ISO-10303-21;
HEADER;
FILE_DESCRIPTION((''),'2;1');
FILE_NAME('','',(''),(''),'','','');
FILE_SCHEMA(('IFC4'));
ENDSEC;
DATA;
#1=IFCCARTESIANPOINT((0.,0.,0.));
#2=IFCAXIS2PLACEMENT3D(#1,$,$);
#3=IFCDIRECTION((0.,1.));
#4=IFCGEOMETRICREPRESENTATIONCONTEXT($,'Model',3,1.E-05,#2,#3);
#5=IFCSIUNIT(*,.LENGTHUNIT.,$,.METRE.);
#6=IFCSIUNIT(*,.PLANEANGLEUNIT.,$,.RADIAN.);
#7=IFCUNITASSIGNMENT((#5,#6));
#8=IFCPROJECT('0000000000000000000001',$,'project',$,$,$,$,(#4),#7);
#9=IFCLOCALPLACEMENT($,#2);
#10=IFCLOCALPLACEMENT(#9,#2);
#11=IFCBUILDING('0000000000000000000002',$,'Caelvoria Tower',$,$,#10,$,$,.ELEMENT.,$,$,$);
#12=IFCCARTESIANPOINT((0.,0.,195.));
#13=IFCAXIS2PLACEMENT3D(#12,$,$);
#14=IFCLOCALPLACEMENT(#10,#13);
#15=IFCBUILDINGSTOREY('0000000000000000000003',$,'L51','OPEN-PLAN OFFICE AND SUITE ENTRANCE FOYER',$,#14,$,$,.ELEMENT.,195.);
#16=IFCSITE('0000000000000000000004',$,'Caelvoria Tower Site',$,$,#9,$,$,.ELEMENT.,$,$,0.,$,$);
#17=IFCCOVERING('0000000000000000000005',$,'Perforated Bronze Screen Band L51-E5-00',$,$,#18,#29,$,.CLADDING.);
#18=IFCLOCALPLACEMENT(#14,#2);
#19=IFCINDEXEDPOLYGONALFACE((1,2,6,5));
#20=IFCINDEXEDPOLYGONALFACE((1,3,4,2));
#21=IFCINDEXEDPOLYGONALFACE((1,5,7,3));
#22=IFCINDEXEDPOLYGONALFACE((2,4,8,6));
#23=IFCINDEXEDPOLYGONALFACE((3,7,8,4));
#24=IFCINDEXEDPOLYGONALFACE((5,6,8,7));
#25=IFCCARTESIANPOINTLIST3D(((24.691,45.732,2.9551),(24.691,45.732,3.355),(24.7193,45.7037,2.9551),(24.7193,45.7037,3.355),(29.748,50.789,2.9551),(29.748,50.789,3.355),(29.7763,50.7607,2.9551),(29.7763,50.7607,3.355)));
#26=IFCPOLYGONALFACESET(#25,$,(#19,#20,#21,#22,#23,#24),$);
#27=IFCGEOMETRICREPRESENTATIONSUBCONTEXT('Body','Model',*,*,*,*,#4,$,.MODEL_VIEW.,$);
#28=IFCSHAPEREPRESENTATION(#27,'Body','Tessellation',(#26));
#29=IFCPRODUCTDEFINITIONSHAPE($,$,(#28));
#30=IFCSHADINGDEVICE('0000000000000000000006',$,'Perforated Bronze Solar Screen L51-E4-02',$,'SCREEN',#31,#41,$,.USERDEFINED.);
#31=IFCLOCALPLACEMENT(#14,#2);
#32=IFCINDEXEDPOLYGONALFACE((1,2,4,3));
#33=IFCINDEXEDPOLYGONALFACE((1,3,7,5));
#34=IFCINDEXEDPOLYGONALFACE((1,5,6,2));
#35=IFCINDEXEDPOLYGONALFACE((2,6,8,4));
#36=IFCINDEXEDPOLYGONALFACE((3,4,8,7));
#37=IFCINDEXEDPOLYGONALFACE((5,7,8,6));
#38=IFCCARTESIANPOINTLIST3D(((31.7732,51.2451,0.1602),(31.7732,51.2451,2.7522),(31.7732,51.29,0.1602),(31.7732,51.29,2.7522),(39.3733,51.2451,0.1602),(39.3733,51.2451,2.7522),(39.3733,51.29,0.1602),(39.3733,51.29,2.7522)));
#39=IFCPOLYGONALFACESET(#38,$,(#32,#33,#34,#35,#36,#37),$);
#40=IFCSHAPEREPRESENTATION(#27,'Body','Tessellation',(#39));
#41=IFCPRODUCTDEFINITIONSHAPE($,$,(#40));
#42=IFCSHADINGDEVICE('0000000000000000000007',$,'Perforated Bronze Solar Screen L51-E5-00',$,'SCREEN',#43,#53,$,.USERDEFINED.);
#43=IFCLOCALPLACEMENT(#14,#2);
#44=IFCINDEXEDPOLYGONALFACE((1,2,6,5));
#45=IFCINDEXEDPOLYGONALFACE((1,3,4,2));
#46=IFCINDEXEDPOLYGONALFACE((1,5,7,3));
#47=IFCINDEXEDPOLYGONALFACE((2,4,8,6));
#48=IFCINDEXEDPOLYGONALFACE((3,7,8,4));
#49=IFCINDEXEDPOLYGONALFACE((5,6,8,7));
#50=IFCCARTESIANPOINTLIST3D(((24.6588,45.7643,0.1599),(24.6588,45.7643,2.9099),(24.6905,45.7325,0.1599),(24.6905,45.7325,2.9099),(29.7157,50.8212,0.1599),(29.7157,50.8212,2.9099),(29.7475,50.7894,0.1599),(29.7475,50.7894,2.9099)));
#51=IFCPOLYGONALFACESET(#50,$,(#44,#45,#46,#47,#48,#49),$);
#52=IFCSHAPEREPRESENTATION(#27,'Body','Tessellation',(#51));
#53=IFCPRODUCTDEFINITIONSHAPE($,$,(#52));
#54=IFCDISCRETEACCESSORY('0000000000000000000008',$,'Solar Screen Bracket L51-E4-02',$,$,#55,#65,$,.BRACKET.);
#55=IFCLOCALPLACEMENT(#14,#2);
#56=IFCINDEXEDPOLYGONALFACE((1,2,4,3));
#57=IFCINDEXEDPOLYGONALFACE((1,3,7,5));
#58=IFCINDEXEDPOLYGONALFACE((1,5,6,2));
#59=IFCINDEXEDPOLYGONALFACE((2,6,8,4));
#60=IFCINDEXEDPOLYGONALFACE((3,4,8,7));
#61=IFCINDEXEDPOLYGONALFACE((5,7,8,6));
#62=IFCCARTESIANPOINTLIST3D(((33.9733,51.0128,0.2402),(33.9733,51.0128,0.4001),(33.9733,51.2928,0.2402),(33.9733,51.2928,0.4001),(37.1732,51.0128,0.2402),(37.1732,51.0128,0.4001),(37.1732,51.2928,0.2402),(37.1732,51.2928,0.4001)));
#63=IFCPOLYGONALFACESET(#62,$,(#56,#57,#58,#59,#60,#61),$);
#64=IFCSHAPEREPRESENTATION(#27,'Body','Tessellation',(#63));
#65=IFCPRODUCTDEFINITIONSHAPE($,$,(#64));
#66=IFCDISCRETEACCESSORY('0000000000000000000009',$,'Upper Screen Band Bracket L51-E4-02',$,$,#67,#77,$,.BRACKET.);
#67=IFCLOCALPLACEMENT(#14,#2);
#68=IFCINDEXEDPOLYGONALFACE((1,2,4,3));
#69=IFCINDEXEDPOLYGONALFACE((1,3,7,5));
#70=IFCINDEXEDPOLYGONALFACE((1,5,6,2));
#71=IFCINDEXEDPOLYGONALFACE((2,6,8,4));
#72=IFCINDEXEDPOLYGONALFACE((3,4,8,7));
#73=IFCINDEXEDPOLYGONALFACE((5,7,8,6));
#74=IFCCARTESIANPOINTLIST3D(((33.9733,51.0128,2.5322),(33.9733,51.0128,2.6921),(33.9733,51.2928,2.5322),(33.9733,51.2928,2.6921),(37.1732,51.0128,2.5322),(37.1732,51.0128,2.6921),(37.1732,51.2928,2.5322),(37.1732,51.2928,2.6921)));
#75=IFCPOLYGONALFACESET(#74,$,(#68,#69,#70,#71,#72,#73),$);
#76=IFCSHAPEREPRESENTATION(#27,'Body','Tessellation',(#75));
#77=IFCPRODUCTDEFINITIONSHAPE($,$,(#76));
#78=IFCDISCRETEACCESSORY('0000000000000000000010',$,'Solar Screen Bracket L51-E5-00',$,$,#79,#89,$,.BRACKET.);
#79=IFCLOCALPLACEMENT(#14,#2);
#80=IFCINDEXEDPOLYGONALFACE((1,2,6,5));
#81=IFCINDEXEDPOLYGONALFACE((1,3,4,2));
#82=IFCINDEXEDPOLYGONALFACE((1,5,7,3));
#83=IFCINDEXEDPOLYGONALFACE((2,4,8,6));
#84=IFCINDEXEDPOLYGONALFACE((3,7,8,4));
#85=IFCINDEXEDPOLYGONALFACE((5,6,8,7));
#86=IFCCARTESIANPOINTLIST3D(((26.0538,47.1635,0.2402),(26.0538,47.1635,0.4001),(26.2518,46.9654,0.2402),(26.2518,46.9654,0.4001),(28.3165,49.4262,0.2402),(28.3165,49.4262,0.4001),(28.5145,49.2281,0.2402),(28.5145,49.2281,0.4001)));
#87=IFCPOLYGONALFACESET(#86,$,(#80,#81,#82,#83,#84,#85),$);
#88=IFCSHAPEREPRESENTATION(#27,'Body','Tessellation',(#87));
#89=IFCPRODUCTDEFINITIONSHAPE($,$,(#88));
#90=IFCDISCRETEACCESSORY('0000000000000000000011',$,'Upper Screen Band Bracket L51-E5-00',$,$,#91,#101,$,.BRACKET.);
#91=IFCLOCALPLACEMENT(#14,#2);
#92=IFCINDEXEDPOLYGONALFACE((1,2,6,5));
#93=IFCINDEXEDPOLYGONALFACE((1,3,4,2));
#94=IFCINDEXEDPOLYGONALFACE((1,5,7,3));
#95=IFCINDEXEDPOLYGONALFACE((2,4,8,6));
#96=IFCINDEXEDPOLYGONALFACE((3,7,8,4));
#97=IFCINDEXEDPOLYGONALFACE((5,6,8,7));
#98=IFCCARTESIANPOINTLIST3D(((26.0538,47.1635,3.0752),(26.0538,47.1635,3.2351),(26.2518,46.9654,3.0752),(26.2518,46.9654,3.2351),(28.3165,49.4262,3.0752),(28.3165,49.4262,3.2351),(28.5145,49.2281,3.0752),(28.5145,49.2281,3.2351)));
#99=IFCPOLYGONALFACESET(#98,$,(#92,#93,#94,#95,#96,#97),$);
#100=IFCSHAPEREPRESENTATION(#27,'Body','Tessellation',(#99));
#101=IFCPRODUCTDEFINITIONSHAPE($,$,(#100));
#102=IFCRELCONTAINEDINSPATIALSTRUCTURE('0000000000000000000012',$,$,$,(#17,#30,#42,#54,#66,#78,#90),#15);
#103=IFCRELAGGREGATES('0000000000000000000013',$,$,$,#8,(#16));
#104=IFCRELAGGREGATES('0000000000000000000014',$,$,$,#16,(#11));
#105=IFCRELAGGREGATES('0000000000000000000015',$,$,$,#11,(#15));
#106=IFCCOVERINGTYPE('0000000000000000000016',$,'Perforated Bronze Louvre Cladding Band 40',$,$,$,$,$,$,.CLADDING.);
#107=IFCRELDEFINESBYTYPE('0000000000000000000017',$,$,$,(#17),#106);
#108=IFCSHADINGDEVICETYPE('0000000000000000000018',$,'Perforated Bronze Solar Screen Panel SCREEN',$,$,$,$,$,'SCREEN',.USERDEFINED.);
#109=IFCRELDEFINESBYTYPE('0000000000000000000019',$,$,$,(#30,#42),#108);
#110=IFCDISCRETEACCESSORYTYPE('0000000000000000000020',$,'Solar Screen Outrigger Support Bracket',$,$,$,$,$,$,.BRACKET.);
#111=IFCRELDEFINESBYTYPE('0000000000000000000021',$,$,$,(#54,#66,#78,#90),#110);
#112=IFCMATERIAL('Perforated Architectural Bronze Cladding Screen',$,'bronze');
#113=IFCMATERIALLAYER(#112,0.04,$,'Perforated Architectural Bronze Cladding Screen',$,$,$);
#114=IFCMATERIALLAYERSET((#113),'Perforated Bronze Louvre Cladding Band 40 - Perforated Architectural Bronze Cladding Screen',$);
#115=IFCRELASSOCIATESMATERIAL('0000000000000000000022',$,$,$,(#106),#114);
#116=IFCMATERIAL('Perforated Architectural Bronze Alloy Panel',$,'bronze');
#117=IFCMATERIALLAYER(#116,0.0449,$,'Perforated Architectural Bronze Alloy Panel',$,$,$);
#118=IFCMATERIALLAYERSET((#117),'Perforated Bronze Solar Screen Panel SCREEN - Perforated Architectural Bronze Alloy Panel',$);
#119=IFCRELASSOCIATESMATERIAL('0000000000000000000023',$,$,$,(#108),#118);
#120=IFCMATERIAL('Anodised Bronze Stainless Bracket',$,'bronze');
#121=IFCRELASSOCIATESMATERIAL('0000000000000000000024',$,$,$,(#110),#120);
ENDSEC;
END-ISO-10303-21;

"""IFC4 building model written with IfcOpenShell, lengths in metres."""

from ifc_helpers import new_model, si_unit, direction, frame, origin, origin_2d, place, context, subcontext, project, spatial, rectangle, extrude, material, layer, layer_set, type_object, element, save


model = new_model("IFC4")

# Units and contexts
model_context = context("Model", 3, precision=1e-05, world=origin(), true_north=direction((0.0, 1.0)))
body_context = subcontext(model_context, "Body", "Model", "MODEL_VIEW")
ifc_project = project(units=[si_unit("LENGTHUNIT", "METRE"), si_unit("PLANEANGLEUNIT", "RADIAN")], contexts=[model_context])

# Site, building, storey
site_placement = place(None, origin())
site = spatial("IfcSite", under=ifc_project, at=site_placement, Name="Caelvoria Tower Site", CompositionType="ELEMENT", RefElevation=0.0)
building_placement = place(site_placement, origin())
building = spatial("IfcBuilding", under=site, at=building_placement, Name="Caelvoria Tower", CompositionType="ELEMENT")
storey_placement = place(building_placement, frame((0.0, 0.0, 195.0)))
storey = spatial("IfcBuildingStorey", under=building, at=storey_placement, Name="L51", Description="OPEN-PLAN OFFICE AND SUITE ENTRANCE FOYER", CompositionType="ELEMENT", Elevation=195.0)

# Covering
ifc_material_1 = material(Name="Perforated Architectural Bronze Cladding Screen", Category="bronze")
ifc_layer_1 = layer(ifc_material_1, 0.04, Name="Perforated Architectural Bronze Cladding Screen")
ifc_layer_set_1 = layer_set([ifc_layer_1], Name="Perforated Bronze Louvre Cladding Band 40 - Perforated Architectural Bronze Cladding Screen")
covering_type = type_object("IfcCoveringType", Name="Perforated Bronze Louvre Cladding Band 40", PredefinedType="CLADDING", material=ifc_layer_set_1)
covering_1_placement = place(storey_placement, frame((27.2336, 48.2463, 2.9551), z_axis=(0.0, 0.0, 1.0), x_axis=(-0.707107, -0.707107, 0.0)))
element("IfcCovering", 1, at=covering_1_placement, inside=storey, type_object=covering_type, Name="Perforated Bronze Screen Band L51-E5-00", PredefinedType="CLADDING", context=body_context, shape_type="SweptSolid", body=[
    extrude(rectangle(XDim=7.1516, YDim=0.04, at=origin_2d()), origin(), (0.0, 0.0, 1.0), 0.3999),
])

# Shading devices
ifc_material_2 = material(Name="Perforated Architectural Bronze Alloy Panel", Category="bronze")
ifc_layer_2 = layer(ifc_material_2, 0.0449, Name="Perforated Architectural Bronze Alloy Panel")
ifc_layer_set_2 = layer_set([ifc_layer_2], Name="Perforated Bronze Solar Screen Panel SCREEN - Perforated Architectural Bronze Alloy Panel")
shading_device_type = type_object("IfcShadingDeviceType", Name="Perforated Bronze Solar Screen Panel SCREEN", ElementType="SCREEN", PredefinedType="USERDEFINED", material=ifc_layer_set_2)
shading_device_1_placement = place(storey_placement, frame((35.5732, 51.2676, 0.1602), z_axis=(0.0, 0.0, 1.0), x_axis=(-1.0, 0.0, 0.0)))
element("IfcShadingDevice", 2, at=shading_device_1_placement, inside=storey, type_object=shading_device_type, Name="Perforated Bronze Solar Screen L51-E4-02", ObjectType="SCREEN", PredefinedType="USERDEFINED", context=body_context, shape_type="SweptSolid", body=[
    extrude(rectangle(XDim=7.6001, YDim=0.0449, at=origin_2d()), origin(), (0.0, 0.0, 1.0), 2.592),
])
shading_device_2_placement = place(storey_placement, frame((27.2031, 48.2769, 0.1599), z_axis=(0.0, 0.0, 1.0), x_axis=(-0.707107, -0.707107, 0.0)))
element("IfcShadingDevice", 3, at=shading_device_2_placement, inside=storey, type_object=shading_device_type, Name="Perforated Bronze Solar Screen L51-E5-00", ObjectType="SCREEN", PredefinedType="USERDEFINED", context=body_context, shape_type="SweptSolid", body=[
    extrude(rectangle(XDim=7.1516, YDim=0.0449, at=origin_2d()), origin(), (0.0, 0.0, 1.0), 2.75),
])

# Discrete accessories
ifc_material_3 = material(Name="Anodised Bronze Stainless Bracket", Category="bronze")
discrete_accessory_type = type_object("IfcDiscreteAccessoryType", Name="Solar Screen Outrigger Support Bracket", PredefinedType="BRACKET", material=ifc_material_3)
for number, where, z_axis, x_axis, name in (
    (4, (35.5732, 51.1528, 0.2402), (0.0, 0.0, 1.0), (-1.0, 0.0, 0.0), "Solar Screen Bracket L51-E4-02"),
    (5, (35.5732, 51.1528, 2.5322), (0.0, 0.0, 1.0), (-1.0, 0.0, 0.0), "Upper Screen Band Bracket L51-E4-02"),
    (6, (27.2842, 48.1958, 0.2402), (0.0, 0.0, 1.0), (-0.707107, -0.707107, 0.0), "Solar Screen Bracket L51-E5-00"),
    (7, (27.2842, 48.1958, 3.0752), (0.0, 0.0, 1.0), (-0.707107, -0.707107, 0.0), "Upper Screen Band Bracket L51-E5-00"),
):
    element("IfcDiscreteAccessory", number, at=place(storey_placement, frame(where, z_axis=z_axis, x_axis=x_axis)), inside=storey, type_object=discrete_accessory_type, Name=name, PredefinedType="BRACKET", context=body_context, shape_type="SweptSolid", body=[
        extrude(rectangle(XDim=3.2, YDim=0.28, at=origin_2d()), origin(), (0.0, 0.0, 1.0), 0.1599),
    ])

save(model, "model.ifc")
